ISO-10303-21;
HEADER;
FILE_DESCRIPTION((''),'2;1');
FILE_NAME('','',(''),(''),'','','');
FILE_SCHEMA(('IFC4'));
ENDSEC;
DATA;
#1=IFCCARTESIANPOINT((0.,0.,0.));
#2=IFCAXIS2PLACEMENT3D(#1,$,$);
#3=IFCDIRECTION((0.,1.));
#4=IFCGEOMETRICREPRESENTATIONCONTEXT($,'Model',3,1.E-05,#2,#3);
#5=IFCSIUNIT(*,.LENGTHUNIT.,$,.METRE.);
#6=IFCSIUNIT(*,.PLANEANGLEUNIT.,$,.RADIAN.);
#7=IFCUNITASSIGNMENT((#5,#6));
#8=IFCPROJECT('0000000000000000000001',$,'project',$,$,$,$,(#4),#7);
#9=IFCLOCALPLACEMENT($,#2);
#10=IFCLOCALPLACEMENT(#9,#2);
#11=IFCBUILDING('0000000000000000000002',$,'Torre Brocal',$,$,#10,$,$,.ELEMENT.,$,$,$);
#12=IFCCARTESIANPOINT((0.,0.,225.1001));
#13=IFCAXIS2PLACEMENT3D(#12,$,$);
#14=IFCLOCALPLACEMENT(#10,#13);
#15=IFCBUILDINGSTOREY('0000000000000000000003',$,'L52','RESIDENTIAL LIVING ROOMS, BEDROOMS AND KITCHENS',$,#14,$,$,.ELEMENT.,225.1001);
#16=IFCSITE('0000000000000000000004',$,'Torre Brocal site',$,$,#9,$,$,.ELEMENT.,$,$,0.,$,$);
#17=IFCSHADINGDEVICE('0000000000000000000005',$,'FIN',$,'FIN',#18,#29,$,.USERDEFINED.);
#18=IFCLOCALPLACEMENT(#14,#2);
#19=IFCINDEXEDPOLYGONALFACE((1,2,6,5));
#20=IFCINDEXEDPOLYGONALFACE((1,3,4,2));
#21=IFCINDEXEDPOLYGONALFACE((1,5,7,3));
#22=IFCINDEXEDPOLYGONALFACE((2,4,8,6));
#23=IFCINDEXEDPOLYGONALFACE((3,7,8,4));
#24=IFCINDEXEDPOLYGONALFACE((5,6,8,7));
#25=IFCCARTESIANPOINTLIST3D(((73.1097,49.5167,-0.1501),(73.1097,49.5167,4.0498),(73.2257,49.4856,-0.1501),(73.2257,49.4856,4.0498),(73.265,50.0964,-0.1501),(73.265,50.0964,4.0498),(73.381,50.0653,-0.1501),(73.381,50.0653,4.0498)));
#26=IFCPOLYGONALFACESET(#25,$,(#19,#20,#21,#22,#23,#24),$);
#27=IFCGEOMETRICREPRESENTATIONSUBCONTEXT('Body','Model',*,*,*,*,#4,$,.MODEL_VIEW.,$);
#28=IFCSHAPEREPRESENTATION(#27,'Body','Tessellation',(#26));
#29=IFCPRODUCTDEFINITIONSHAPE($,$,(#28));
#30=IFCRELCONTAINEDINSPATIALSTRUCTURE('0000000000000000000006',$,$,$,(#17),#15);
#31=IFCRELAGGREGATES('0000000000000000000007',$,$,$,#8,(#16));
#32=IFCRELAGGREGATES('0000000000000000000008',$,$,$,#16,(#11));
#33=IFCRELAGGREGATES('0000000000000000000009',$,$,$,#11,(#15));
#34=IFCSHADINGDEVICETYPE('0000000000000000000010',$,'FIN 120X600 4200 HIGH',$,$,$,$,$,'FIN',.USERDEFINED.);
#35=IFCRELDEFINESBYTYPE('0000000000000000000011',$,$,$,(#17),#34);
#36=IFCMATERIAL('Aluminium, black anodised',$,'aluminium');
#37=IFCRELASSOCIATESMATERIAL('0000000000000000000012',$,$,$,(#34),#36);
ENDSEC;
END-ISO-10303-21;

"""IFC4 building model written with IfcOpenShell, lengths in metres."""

from ifc_helpers import new_model, si_unit, direction, frame, origin, origin_2d, place, context, subcontext, project, spatial, rectangle, extrude, material, material_profile, profile_set, type_object, element, save


model = new_model("IFC4")

# Units and contexts
model_context = context("Model", 3, precision=1e-05, world=origin(), true_north=direction((0.0, 1.0)))
body_context = subcontext(model_context, "Body", "Model", "MODEL_VIEW")
ifc_project = project(units=[si_unit("LENGTHUNIT", "METRE"), si_unit("PLANEANGLEUNIT", "RADIAN")], contexts=[model_context])

# Site, building, storey
site_placement = place(None, origin())
site = spatial("IfcSite", under=ifc_project, at=site_placement, Name="Torre Brocal site", CompositionType="ELEMENT", RefElevation=0.0)
building_placement = place(site_placement, origin())
building = spatial("IfcBuilding", under=site, at=building_placement, Name="Torre Brocal", CompositionType="ELEMENT")
storey_placement = place(building_placement, frame((0.0, 0.0, 225.1001)))
storey = spatial("IfcBuildingStorey", under=building, at=storey_placement, Name="L52", Description="RESIDENTIAL LIVING ROOMS, BEDROOMS AND KITCHENS", CompositionType="ELEMENT", Elevation=225.1001)

# Shading device
ifc_material_1 = material(Name="Aluminium, black anodised", Category="aluminium")
ifc_material_profile_1 = material_profile(ifc_material_1, rectangle(XDim=0.1201, YDim=0.6001, at=origin_2d()), Name="FIN 120X600 4200 HIGH")
ifc_profile_set_1 = profile_set([ifc_material_profile_1], Name="Aluminium, black anodised")
shading_device_type = type_object("IfcShadingDeviceType", Name="FIN 120X600 4200 HIGH", ElementType="FIN", PredefinedType="USERDEFINED", material=ifc_profile_set_1)
for number, where, z_axis, x_axis, name in (
    (1, (73.2454, 49.791, -0.1501), (0.0, 0.0, 1.0), (0.965926, -0.258819, 0.0), "FIN"),
):
    element("IfcShadingDevice", number, at=place(storey_placement, frame(where, z_axis=z_axis, x_axis=x_axis)), inside=storey, type_object=shading_device_type, Name=name, ObjectType="FIN", PredefinedType="USERDEFINED", context=body_context, shape_type="SweptSolid", body=[
        extrude(rectangle(XDim=0.1201, YDim=0.6001, at=origin_2d()), origin(), (0.0, 0.0, 1.0), 4.2),
    ])

save(model, "model.ifc")
